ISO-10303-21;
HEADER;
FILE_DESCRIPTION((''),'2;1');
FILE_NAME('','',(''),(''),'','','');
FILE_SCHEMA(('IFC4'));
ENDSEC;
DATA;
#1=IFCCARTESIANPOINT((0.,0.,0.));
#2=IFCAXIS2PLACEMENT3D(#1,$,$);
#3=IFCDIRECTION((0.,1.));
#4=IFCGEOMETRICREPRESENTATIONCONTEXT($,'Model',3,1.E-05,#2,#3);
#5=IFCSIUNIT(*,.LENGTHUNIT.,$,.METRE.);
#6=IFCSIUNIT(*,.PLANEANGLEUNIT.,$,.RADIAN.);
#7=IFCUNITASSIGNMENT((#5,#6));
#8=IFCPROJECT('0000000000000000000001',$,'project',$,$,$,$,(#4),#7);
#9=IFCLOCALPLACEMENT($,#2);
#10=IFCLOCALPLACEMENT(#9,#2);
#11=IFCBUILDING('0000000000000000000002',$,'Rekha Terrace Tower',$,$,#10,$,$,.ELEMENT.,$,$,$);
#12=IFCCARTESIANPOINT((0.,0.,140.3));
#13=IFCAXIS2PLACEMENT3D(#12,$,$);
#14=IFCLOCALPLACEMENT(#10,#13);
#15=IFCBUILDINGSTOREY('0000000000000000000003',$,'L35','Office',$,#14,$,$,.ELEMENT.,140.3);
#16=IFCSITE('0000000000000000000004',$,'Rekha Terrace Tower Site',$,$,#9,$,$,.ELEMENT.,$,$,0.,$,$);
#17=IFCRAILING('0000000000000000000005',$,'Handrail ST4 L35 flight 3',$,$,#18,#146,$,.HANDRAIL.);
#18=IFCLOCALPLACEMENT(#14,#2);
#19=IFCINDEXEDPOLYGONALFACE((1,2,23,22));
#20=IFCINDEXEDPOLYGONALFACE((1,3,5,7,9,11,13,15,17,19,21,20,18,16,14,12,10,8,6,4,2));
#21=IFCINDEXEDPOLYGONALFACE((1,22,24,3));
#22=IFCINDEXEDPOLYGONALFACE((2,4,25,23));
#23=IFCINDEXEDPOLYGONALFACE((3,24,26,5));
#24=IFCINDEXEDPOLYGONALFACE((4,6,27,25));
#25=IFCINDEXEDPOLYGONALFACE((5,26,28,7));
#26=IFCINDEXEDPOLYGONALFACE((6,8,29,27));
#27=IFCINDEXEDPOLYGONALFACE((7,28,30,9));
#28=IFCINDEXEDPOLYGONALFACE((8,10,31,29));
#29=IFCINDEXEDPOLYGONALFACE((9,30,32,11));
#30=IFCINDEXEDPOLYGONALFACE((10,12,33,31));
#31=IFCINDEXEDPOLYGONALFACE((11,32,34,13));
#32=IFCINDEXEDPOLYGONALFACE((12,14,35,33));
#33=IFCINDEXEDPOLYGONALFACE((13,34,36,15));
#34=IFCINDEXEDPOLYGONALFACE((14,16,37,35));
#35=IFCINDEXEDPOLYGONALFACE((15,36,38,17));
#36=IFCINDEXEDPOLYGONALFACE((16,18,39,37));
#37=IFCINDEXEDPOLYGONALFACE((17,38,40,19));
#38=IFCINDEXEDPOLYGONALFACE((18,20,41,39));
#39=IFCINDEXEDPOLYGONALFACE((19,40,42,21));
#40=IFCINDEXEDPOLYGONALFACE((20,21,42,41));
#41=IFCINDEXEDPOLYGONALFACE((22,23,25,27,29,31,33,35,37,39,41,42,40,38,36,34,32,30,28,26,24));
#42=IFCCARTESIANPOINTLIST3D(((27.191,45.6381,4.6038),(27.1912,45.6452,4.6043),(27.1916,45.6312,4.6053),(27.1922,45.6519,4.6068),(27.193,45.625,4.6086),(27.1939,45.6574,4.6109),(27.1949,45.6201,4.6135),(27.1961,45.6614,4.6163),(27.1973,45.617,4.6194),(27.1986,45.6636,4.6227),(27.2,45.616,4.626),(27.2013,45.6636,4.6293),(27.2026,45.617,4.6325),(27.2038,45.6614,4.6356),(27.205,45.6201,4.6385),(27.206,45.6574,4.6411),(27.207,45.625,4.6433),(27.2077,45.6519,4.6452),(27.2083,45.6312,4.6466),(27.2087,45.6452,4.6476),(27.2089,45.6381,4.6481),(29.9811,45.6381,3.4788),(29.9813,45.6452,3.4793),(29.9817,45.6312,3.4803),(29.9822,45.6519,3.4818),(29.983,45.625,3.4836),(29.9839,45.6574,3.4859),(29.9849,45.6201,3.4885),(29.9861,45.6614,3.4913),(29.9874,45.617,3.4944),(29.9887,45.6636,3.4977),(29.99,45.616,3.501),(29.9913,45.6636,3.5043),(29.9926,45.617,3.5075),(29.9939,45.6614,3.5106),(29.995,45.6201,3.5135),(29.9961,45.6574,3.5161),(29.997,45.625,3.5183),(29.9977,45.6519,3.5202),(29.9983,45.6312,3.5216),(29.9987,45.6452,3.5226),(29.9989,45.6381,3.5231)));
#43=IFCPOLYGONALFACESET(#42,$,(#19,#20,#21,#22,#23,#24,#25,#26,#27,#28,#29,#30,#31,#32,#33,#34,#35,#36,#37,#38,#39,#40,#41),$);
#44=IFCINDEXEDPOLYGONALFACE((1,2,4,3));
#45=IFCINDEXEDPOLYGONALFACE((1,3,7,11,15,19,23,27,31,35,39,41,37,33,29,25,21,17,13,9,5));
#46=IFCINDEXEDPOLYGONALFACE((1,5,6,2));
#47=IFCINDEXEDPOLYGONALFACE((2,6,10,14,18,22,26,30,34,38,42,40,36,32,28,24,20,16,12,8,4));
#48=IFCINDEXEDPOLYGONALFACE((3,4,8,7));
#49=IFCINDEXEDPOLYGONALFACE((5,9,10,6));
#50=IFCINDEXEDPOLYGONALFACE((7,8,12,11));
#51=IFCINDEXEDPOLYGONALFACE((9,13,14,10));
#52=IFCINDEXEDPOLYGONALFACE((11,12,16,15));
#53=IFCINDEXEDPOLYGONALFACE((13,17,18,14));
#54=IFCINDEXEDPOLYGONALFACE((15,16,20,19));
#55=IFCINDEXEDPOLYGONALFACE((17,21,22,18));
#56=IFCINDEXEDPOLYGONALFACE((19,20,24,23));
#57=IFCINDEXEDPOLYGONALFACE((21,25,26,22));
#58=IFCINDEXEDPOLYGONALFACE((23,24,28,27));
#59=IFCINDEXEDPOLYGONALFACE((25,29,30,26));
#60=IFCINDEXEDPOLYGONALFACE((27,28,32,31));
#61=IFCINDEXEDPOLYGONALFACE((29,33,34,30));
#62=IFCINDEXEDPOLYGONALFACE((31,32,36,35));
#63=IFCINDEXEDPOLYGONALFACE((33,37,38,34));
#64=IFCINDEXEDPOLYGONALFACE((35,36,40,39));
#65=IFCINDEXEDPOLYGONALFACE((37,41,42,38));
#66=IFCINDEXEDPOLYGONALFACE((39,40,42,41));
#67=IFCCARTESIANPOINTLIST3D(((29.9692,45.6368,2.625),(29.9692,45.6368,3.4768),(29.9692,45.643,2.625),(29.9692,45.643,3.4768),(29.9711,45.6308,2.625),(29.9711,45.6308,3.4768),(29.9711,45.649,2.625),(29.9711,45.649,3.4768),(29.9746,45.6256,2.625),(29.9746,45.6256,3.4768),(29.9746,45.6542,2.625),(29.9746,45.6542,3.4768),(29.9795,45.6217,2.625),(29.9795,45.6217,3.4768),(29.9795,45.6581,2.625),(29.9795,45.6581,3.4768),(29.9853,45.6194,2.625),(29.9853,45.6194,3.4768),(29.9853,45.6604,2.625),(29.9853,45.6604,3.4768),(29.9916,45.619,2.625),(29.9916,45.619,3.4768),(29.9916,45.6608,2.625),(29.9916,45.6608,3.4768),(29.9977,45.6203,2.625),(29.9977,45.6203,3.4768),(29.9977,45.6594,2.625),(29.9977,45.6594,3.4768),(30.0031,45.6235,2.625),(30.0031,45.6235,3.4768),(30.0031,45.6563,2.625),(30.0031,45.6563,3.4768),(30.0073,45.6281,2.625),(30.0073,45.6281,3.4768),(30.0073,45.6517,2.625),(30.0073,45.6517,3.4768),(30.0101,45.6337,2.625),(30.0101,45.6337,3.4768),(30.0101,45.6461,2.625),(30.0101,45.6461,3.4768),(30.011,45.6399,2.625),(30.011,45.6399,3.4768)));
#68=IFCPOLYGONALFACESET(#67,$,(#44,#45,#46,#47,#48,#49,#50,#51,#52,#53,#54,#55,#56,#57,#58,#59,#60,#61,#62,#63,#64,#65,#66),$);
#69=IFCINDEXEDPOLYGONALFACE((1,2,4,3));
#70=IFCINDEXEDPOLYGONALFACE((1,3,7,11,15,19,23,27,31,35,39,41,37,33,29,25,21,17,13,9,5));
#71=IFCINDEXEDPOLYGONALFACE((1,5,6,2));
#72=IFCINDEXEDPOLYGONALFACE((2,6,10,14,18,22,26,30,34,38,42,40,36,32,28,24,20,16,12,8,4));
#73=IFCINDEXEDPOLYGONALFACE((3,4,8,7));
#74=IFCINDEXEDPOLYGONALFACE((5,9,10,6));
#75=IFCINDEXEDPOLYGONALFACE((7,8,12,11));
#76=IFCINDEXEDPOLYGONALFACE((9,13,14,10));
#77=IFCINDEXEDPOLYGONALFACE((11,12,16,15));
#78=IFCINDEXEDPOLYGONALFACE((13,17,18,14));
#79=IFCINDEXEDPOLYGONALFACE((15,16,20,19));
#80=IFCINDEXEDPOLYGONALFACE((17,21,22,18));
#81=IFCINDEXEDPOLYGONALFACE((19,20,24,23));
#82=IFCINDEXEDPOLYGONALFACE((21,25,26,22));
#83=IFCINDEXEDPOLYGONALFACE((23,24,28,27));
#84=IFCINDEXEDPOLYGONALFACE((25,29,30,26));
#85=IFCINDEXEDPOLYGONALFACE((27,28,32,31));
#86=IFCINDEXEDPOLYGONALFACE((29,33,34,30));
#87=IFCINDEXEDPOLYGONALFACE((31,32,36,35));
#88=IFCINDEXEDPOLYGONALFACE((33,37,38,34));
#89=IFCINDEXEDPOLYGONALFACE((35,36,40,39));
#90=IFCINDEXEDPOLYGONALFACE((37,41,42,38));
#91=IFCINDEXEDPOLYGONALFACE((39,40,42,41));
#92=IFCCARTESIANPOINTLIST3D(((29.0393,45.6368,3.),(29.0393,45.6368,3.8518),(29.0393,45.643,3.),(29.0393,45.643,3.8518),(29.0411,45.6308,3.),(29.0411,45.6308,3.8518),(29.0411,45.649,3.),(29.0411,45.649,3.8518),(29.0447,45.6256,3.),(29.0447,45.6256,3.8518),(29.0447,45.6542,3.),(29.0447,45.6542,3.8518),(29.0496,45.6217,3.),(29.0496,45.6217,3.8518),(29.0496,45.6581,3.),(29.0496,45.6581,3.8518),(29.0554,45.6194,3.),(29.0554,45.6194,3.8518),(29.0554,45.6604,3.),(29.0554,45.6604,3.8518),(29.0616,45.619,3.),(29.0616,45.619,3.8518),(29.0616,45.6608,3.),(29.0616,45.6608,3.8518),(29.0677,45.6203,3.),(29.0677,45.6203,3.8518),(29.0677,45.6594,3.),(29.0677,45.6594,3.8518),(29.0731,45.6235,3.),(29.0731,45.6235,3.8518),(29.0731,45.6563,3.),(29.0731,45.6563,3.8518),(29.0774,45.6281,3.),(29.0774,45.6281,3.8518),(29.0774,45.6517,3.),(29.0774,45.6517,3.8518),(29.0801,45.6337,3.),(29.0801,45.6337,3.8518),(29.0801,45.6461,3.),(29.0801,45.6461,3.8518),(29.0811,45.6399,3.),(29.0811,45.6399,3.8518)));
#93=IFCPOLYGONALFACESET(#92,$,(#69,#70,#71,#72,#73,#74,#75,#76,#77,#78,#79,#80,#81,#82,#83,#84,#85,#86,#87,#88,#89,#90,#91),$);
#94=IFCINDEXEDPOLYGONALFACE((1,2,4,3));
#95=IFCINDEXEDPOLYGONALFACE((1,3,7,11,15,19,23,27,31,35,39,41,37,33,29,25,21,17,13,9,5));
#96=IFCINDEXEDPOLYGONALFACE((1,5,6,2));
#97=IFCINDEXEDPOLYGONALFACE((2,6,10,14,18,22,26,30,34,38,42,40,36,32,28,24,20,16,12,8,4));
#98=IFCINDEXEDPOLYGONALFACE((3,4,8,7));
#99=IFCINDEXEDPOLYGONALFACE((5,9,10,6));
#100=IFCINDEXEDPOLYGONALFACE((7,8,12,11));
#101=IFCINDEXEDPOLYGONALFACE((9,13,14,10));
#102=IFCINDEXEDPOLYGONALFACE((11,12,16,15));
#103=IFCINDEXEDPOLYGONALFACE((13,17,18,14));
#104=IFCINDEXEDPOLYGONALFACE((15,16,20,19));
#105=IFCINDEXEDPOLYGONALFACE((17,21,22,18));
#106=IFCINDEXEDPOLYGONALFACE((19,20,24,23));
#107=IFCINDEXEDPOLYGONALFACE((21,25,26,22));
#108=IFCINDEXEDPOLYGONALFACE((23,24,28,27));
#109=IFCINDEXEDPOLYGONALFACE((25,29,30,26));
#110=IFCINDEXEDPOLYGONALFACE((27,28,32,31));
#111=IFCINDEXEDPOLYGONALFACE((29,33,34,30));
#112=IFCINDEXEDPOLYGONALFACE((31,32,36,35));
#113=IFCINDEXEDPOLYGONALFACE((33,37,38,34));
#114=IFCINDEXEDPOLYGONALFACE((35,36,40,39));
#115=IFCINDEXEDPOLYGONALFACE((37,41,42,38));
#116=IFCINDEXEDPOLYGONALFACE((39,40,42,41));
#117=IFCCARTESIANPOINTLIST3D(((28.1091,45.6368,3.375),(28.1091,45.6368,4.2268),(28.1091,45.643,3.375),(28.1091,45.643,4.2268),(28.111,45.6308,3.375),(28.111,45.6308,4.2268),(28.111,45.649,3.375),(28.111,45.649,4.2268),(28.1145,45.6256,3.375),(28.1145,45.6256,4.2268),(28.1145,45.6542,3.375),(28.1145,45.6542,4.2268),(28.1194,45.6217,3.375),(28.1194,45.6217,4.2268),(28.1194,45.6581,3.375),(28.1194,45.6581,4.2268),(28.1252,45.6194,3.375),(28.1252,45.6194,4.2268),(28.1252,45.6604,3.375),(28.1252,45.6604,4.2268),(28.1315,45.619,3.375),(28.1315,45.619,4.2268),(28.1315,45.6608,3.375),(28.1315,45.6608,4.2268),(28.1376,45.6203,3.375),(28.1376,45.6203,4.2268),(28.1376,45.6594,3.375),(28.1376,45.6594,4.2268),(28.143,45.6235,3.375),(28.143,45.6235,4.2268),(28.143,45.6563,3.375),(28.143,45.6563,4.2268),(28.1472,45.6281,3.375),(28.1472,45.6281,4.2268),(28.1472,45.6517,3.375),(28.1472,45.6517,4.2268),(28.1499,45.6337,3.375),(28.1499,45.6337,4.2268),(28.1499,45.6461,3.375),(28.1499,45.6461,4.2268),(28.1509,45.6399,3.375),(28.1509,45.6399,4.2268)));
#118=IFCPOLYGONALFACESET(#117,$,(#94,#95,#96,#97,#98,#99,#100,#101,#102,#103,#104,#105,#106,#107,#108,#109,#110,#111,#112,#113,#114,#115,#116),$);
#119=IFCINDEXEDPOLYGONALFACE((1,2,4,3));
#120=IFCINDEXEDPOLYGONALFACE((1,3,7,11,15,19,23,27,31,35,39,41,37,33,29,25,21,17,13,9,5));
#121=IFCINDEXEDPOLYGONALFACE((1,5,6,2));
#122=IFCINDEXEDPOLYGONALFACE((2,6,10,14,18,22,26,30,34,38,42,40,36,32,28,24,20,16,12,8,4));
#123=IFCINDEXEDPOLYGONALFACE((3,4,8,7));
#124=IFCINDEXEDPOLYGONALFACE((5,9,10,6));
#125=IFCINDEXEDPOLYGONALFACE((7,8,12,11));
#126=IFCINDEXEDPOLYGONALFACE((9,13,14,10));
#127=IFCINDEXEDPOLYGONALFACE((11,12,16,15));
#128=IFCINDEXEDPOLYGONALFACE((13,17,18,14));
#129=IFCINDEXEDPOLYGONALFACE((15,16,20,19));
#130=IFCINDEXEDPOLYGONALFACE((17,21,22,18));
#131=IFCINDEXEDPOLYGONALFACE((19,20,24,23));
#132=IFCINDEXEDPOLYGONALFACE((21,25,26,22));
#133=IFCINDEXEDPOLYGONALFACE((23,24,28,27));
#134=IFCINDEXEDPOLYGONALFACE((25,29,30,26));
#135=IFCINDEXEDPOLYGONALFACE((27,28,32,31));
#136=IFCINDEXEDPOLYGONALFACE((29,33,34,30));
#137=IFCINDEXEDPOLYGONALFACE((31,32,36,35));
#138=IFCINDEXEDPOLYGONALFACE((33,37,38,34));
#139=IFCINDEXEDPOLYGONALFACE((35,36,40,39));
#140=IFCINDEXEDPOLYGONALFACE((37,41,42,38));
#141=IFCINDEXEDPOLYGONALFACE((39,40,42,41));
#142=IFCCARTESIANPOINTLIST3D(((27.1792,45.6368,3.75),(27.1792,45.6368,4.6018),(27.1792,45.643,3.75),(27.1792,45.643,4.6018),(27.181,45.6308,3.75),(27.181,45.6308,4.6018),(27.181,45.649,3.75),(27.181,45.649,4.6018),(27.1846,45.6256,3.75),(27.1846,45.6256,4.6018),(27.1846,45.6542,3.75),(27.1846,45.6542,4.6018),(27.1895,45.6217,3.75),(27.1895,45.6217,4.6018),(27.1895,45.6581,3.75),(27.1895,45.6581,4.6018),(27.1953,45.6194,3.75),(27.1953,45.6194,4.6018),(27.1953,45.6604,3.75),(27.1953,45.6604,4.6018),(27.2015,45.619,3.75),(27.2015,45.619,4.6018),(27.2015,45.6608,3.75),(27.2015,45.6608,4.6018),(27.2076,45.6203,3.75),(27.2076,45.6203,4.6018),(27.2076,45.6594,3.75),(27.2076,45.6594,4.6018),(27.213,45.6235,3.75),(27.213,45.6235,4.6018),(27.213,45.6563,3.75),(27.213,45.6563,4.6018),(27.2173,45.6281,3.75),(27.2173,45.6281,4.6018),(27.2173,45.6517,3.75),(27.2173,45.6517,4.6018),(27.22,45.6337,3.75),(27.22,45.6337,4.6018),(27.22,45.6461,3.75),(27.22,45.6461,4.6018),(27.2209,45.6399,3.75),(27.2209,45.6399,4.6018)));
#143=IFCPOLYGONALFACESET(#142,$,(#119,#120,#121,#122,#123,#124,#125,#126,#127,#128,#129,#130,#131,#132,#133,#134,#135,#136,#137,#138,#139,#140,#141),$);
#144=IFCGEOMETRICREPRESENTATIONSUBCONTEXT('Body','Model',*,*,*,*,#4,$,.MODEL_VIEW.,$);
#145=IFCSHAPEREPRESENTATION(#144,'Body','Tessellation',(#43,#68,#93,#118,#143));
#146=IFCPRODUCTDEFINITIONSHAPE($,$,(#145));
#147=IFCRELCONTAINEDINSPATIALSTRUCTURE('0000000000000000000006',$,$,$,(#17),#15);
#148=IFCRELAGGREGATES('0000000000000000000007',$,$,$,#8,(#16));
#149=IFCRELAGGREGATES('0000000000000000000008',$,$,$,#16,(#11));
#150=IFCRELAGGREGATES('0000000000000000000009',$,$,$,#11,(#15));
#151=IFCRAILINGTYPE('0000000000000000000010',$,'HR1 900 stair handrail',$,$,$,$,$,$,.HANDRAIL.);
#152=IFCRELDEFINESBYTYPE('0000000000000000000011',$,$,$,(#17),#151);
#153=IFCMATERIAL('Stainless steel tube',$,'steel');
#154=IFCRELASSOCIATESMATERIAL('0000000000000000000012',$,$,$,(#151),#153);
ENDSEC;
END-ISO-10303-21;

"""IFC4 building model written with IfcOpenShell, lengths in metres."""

from ifc_helpers import new_model, si_unit, direction, frame, origin, origin_2d, place, context, subcontext, project, spatial, circle, extrude, material, type_object, element, save


model = new_model("IFC4")

# Units and contexts
model_context = context("Model", 3, precision=1e-05, world=origin(), true_north=direction((0.0, 1.0)))
body_context = subcontext(model_context, "Body", "Model", "MODEL_VIEW")
ifc_project = project(units=[si_unit("LENGTHUNIT", "METRE"), si_unit("PLANEANGLEUNIT", "RADIAN")], contexts=[model_context])

# Site, building, storey
site_placement = place(None, origin())
site = spatial("IfcSite", under=ifc_project, at=site_placement, Name="Rekha Terrace Tower Site", CompositionType="ELEMENT", RefElevation=0.0)
building_placement = place(site_placement, origin())
building = spatial("IfcBuilding", under=site, at=building_placement, Name="Rekha Terrace Tower", CompositionType="ELEMENT")
storey_placement = place(building_placement, frame((0.0, 0.0, 140.3)))
storey = spatial("IfcBuildingStorey", under=building, at=storey_placement, Name="L35", Description="Office", CompositionType="ELEMENT", Elevation=140.3)

# Railing
ifc_material_1 = material(Name="Stainless steel tube", Category="steel")
railing_type_1 = type_object("IfcRailingType", Name="HR1 900 stair handrail", PredefinedType="HANDRAIL", material=ifc_material_1)
railing_1_placement = place(storey_placement, frame((29.99, 45.6399, 2.625)))
element("IfcRailing", 1, at=railing_1_placement, inside=storey, type_object=railing_type_1, Name="Handrail ST4 L35 flight 3", PredefinedType="HANDRAIL", context=body_context, shape_type="SweptSolid", body=[
    extrude(circle(Radius=0.0239, at=origin_2d()), frame((0.0, 0.0, 0.876), z_axis=(-0.927443, 0.0, 0.373964), x_axis=(0.0, -1.0, 0.0)), (0.0, 0.0, 1.0), 3.0083),
    extrude(circle(Radius=0.021, at=origin_2d()), origin(), (0.0, 0.0, 1.0), 0.8518),
    extrude(circle(Radius=0.021, at=origin_2d()), frame((-0.9299, 0.0, 0.375)), (0.0, 0.0, 1.0), 0.8518),
    extrude(circle(Radius=0.021, at=origin_2d()), frame((-1.8601, 0.0, 0.75)), (0.0, 0.0, 1.0), 0.8518),
    extrude(circle(Radius=0.021, at=origin_2d()), frame((-2.79, 0.0, 1.125)), (0.0, 0.0, 1.0), 0.8518),
])

save(model, "model.ifc")
